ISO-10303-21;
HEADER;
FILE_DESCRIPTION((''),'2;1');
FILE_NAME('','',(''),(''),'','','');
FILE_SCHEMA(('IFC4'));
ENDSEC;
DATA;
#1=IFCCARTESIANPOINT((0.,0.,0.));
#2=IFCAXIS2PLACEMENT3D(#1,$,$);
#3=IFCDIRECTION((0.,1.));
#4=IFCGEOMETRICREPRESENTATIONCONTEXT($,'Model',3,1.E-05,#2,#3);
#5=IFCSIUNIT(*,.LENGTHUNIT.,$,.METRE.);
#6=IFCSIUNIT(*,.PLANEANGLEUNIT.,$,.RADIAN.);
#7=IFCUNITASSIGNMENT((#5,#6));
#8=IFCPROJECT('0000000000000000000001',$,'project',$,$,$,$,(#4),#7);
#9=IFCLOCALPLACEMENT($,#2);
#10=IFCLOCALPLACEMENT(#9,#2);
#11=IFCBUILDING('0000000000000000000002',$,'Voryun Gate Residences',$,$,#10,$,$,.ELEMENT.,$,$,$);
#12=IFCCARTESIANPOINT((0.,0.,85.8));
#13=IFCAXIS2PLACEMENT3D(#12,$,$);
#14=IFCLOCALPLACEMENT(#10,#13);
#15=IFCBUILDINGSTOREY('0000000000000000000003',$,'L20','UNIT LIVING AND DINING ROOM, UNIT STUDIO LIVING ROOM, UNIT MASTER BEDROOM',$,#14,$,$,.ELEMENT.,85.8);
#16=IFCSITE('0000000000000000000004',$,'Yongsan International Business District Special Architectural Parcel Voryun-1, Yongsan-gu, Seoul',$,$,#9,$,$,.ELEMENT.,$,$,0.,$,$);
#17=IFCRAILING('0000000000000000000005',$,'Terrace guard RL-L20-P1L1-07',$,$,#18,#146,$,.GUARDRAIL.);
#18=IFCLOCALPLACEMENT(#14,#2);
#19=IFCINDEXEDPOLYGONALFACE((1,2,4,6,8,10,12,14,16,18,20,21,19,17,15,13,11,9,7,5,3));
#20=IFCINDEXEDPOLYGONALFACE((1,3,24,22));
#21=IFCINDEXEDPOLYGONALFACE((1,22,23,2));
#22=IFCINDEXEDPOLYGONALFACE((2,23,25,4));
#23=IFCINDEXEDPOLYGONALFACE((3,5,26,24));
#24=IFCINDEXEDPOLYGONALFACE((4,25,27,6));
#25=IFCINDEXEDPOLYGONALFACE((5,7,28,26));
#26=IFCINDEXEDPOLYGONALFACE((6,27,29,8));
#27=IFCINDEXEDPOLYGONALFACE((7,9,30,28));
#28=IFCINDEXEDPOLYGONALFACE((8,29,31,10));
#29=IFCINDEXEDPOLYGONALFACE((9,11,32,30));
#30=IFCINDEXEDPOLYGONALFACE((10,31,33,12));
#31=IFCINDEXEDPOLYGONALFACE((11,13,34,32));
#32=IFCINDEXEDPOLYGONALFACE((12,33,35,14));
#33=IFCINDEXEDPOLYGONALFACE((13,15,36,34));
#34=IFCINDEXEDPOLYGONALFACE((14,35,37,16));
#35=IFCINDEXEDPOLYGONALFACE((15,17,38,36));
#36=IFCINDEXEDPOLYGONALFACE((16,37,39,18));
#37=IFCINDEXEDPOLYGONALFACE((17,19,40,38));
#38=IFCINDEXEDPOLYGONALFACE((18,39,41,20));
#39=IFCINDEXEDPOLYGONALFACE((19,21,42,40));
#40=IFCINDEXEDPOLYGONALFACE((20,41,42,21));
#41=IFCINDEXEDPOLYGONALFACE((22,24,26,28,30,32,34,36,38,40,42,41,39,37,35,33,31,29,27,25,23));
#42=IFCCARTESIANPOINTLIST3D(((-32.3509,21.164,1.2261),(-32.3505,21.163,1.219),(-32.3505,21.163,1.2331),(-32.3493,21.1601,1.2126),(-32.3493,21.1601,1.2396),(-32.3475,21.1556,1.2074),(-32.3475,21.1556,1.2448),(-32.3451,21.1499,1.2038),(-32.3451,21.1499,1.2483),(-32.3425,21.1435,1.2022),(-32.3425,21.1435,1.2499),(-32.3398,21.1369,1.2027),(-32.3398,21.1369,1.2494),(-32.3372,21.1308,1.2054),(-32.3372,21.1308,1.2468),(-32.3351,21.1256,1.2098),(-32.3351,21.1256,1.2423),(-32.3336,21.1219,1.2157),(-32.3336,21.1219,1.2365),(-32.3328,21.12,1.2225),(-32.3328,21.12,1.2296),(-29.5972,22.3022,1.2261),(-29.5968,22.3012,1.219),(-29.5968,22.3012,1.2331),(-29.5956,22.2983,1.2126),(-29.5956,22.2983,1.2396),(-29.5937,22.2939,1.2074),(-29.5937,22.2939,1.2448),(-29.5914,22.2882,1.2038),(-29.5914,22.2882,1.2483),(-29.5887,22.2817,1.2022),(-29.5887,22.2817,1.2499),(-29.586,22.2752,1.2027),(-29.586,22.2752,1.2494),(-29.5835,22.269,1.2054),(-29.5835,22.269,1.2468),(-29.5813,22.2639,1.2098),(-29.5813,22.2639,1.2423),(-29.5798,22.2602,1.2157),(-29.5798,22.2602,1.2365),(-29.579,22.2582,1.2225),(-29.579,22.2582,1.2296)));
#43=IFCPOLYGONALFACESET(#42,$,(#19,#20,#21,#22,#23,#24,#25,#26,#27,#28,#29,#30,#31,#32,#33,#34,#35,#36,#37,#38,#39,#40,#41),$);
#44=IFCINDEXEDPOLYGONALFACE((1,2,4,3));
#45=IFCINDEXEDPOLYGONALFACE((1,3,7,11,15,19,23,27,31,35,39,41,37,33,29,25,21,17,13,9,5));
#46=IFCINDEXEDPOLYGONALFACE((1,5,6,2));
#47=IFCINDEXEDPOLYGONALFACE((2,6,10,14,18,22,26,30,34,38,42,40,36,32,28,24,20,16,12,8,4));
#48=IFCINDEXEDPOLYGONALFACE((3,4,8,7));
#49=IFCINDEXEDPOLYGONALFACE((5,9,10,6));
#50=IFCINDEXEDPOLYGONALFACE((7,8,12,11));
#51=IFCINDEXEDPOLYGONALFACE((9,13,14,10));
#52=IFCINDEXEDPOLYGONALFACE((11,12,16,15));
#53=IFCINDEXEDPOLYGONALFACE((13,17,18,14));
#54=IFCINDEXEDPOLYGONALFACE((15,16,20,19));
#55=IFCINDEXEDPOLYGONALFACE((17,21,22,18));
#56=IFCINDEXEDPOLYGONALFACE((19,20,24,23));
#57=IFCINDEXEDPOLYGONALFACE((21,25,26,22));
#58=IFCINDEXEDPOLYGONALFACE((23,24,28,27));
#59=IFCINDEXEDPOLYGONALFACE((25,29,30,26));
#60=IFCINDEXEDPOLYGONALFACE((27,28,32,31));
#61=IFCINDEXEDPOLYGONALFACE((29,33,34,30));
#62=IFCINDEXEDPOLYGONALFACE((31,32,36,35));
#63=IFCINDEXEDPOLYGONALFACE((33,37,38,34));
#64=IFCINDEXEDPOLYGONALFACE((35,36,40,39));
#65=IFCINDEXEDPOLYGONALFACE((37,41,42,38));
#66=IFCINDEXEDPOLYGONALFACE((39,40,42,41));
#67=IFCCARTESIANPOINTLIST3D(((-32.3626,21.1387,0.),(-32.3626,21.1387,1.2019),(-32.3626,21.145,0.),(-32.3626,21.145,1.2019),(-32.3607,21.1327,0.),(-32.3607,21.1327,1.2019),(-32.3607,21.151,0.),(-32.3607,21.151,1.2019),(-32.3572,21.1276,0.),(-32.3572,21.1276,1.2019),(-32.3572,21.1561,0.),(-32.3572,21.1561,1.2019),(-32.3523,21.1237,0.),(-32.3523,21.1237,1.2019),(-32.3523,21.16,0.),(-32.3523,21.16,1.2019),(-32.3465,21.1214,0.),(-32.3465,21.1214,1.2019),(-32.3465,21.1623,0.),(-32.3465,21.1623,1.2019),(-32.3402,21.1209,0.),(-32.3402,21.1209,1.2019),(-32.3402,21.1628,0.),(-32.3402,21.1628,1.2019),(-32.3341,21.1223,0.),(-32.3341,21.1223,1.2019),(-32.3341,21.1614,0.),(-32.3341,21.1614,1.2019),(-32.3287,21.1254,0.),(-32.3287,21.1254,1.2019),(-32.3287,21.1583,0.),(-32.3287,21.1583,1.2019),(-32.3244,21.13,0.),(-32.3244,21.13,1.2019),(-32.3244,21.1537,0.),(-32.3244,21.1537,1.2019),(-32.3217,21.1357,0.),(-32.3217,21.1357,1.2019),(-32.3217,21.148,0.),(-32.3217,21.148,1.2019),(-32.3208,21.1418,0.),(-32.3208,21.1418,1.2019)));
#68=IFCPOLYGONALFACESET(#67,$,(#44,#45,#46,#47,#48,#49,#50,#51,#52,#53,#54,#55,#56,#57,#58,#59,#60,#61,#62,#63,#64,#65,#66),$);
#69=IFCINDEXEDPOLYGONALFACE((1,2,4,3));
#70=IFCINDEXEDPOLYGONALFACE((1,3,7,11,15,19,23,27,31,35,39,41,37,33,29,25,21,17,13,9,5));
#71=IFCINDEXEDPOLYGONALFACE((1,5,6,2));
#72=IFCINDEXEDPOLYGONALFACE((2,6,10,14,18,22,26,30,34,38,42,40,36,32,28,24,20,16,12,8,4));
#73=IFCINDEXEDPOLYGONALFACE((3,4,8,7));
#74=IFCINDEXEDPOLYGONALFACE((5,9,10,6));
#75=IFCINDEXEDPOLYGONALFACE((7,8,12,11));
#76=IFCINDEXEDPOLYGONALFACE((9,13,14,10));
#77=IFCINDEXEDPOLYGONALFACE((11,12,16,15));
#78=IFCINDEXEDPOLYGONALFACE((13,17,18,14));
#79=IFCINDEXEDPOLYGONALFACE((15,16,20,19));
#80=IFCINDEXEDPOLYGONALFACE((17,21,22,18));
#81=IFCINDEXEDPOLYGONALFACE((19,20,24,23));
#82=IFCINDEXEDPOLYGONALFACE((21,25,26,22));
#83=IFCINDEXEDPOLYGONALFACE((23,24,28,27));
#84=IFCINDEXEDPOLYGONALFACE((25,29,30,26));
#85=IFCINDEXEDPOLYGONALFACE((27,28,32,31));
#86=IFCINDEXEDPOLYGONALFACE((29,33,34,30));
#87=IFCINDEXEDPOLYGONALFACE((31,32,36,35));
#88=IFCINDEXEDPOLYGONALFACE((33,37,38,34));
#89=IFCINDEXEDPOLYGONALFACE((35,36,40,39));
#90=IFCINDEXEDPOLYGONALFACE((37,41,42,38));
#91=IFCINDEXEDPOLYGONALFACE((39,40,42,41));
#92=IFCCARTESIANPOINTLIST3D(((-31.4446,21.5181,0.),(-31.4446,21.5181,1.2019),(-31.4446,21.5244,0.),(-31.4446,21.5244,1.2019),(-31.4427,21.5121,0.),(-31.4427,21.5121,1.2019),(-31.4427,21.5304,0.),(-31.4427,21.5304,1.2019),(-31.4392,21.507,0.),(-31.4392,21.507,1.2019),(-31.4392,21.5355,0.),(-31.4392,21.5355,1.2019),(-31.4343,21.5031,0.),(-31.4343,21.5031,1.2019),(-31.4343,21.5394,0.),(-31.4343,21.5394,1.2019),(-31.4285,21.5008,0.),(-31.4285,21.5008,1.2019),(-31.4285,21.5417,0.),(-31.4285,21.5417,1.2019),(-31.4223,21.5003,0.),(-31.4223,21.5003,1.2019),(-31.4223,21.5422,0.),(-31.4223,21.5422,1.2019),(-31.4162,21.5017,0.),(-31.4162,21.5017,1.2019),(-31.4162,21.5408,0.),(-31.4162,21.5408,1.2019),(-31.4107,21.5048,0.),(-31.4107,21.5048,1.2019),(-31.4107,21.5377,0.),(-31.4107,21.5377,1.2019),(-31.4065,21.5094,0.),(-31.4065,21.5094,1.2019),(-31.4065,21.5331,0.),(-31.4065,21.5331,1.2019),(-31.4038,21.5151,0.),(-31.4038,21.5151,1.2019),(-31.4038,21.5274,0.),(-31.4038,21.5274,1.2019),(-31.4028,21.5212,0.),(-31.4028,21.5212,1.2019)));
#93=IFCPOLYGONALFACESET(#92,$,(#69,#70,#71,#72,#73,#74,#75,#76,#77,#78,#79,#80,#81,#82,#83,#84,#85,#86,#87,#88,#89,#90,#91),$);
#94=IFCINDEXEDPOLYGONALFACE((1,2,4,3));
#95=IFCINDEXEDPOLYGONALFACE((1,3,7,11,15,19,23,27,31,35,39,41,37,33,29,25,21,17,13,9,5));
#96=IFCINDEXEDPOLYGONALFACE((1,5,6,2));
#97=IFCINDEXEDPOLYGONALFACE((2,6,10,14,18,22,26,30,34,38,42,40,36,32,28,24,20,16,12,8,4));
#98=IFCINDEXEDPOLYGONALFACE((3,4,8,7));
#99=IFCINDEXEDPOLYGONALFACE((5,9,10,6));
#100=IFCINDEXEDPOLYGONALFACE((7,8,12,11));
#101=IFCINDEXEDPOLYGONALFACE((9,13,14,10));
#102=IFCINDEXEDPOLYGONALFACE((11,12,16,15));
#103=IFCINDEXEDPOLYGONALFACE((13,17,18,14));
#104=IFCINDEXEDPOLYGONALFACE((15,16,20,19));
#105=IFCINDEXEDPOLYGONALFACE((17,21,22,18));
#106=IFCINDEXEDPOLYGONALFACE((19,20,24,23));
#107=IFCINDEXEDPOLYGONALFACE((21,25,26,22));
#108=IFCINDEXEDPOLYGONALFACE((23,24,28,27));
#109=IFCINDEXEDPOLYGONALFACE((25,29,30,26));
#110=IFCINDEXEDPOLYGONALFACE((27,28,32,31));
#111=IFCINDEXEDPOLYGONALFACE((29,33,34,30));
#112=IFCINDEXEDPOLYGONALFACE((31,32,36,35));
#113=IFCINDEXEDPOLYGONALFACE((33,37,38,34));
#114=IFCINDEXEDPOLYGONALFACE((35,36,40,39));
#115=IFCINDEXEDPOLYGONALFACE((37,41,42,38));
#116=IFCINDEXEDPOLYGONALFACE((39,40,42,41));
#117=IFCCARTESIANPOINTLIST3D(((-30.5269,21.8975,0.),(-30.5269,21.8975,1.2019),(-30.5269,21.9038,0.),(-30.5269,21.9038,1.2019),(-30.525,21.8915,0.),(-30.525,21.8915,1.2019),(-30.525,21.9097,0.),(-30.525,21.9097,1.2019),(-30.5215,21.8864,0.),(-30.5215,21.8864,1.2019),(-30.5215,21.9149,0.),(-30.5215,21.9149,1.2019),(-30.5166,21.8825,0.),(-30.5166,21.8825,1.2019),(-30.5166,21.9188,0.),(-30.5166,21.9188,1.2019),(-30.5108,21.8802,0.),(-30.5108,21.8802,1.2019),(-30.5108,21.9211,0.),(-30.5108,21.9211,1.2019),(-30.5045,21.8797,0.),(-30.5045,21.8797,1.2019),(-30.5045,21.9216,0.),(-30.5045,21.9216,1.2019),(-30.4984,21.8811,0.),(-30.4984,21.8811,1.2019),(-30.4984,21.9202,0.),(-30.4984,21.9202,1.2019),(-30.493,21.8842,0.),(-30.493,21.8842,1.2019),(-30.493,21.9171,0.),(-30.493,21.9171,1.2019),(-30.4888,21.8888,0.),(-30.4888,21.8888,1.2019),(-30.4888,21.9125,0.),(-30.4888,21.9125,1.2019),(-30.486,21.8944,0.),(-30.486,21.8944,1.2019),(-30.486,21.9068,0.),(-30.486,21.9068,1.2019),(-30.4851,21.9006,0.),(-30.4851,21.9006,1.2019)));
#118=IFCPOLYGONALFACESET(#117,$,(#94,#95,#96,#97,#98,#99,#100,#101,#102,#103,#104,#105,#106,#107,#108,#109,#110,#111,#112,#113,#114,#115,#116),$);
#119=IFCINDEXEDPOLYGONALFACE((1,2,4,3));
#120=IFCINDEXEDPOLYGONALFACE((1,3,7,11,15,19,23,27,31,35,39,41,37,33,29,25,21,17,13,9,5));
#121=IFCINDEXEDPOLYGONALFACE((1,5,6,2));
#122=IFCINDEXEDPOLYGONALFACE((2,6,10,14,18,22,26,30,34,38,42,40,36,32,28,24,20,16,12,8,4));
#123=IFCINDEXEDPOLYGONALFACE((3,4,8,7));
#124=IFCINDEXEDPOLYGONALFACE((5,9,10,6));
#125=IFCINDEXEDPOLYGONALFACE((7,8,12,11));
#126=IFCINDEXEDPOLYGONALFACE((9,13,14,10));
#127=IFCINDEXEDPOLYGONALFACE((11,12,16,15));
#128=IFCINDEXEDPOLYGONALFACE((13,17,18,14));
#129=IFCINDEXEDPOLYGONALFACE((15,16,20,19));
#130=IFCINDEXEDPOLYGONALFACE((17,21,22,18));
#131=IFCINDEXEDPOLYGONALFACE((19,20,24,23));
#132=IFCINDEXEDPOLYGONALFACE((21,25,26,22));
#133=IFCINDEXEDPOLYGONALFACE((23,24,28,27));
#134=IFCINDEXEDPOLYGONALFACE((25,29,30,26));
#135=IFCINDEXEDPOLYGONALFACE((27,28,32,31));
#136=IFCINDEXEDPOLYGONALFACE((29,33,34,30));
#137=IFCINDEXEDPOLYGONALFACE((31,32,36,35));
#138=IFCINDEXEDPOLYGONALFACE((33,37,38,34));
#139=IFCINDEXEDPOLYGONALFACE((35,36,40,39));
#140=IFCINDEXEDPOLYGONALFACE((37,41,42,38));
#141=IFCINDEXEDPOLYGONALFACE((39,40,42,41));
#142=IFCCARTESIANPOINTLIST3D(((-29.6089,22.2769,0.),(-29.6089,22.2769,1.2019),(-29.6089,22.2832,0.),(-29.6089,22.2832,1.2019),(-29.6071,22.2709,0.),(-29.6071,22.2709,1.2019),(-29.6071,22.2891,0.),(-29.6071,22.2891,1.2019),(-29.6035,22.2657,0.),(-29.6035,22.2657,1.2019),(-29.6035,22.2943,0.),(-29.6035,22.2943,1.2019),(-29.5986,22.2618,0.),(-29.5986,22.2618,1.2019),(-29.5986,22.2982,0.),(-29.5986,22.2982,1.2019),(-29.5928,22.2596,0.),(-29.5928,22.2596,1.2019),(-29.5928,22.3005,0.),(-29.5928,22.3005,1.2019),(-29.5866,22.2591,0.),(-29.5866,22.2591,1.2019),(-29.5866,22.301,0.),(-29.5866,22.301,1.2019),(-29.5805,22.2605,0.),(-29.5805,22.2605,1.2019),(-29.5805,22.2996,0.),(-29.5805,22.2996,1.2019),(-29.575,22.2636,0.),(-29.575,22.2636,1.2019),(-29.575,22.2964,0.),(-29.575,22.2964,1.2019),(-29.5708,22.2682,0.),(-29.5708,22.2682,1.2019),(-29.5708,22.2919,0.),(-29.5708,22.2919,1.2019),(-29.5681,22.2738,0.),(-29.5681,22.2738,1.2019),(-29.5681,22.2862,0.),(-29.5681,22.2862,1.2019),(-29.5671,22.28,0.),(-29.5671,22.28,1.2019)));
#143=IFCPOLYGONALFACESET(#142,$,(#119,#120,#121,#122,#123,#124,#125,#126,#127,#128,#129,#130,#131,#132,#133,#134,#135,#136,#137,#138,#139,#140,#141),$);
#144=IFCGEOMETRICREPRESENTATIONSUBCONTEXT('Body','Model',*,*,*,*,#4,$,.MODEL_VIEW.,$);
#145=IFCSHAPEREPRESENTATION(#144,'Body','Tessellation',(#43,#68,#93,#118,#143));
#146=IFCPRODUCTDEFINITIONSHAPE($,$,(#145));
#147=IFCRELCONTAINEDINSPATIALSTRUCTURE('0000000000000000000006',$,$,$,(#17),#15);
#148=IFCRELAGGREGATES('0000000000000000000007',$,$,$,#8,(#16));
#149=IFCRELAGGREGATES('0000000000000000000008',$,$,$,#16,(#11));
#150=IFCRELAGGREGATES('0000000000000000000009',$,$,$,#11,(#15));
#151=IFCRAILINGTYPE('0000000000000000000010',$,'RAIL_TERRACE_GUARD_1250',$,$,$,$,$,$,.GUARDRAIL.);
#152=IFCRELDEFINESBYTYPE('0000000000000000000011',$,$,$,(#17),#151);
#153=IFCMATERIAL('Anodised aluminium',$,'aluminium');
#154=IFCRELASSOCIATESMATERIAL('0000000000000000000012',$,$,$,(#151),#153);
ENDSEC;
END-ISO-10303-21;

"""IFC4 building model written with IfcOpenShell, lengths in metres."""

from ifc_helpers import new_model, si_unit, direction, frame, origin, origin_2d, place, context, subcontext, project, spatial, circle, extrude, material, type_object, element, save


model = new_model("IFC4")

# Units and contexts
model_context = context("Model", 3, precision=1e-05, world=origin(), true_north=direction((0.0, 1.0)))
body_context = subcontext(model_context, "Body", "Model", "MODEL_VIEW")
ifc_project = project(units=[si_unit("LENGTHUNIT", "METRE"), si_unit("PLANEANGLEUNIT", "RADIAN")], contexts=[model_context])

# Site, building, storey
site_placement = place(None, origin())
site = spatial("IfcSite", under=ifc_project, at=site_placement, Name="Yongsan International Business District Special Architectural Parcel Voryun-1, Yongsan-gu, Seoul", CompositionType="ELEMENT", RefElevation=0.0)
building_placement = place(site_placement, origin())
building = spatial("IfcBuilding", under=site, at=building_placement, Name="Voryun Gate Residences", CompositionType="ELEMENT")
storey_placement = place(building_placement, frame((0.0, 0.0, 85.8)))
storey = spatial("IfcBuildingStorey", under=building, at=storey_placement, Name="L20", Description="UNIT LIVING AND DINING ROOM, UNIT STUDIO LIVING ROOM, UNIT MASTER BEDROOM", CompositionType="ELEMENT", Elevation=85.8)

# Railing
ifc_material_1 = material(Name="Anodised aluminium", Category="aluminium")
railing_type = type_object("IfcRailingType", Name="RAIL_TERRACE_GUARD_1250", PredefinedType="GUARDRAIL", material=ifc_material_1)
railing_1_placement = place(storey_placement, frame((-32.3418, 21.1418, 0.0)))
element("IfcRailing", 1, at=railing_1_placement, inside=storey, type_object=railing_type, Name="Terrace guard RL-L20-P1L1-07", PredefinedType="GUARDRAIL", context=body_context, shape_type="SweptSolid", body=[
    extrude(circle(Radius=0.0239, at=origin_2d()), frame((0.0, 0.0, 1.2261), z_axis=(0.924166, 0.38199, 0.0), x_axis=(-0.38199, 0.924166, 0.0)), (0.0, 0.0, 1.0), 2.9797),
    extrude(circle(Radius=0.021, at=origin_2d()), origin(), (0.0, 0.0, 1.0), 1.2019),
    extrude(circle(Radius=0.021, at=origin_2d()), frame((0.918, 0.3794, 0.0)), (0.0, 0.0, 1.0), 1.2019),
    extrude(circle(Radius=0.021, at=origin_2d()), frame((1.8357, 0.7588, 0.0)), (0.0, 0.0, 1.0), 1.2019),
    extrude(circle(Radius=0.021, at=origin_2d()), frame((2.7537, 1.1382, 0.0)), (0.0, 0.0, 1.0), 1.2019),
])

save(model, "model.ifc")
